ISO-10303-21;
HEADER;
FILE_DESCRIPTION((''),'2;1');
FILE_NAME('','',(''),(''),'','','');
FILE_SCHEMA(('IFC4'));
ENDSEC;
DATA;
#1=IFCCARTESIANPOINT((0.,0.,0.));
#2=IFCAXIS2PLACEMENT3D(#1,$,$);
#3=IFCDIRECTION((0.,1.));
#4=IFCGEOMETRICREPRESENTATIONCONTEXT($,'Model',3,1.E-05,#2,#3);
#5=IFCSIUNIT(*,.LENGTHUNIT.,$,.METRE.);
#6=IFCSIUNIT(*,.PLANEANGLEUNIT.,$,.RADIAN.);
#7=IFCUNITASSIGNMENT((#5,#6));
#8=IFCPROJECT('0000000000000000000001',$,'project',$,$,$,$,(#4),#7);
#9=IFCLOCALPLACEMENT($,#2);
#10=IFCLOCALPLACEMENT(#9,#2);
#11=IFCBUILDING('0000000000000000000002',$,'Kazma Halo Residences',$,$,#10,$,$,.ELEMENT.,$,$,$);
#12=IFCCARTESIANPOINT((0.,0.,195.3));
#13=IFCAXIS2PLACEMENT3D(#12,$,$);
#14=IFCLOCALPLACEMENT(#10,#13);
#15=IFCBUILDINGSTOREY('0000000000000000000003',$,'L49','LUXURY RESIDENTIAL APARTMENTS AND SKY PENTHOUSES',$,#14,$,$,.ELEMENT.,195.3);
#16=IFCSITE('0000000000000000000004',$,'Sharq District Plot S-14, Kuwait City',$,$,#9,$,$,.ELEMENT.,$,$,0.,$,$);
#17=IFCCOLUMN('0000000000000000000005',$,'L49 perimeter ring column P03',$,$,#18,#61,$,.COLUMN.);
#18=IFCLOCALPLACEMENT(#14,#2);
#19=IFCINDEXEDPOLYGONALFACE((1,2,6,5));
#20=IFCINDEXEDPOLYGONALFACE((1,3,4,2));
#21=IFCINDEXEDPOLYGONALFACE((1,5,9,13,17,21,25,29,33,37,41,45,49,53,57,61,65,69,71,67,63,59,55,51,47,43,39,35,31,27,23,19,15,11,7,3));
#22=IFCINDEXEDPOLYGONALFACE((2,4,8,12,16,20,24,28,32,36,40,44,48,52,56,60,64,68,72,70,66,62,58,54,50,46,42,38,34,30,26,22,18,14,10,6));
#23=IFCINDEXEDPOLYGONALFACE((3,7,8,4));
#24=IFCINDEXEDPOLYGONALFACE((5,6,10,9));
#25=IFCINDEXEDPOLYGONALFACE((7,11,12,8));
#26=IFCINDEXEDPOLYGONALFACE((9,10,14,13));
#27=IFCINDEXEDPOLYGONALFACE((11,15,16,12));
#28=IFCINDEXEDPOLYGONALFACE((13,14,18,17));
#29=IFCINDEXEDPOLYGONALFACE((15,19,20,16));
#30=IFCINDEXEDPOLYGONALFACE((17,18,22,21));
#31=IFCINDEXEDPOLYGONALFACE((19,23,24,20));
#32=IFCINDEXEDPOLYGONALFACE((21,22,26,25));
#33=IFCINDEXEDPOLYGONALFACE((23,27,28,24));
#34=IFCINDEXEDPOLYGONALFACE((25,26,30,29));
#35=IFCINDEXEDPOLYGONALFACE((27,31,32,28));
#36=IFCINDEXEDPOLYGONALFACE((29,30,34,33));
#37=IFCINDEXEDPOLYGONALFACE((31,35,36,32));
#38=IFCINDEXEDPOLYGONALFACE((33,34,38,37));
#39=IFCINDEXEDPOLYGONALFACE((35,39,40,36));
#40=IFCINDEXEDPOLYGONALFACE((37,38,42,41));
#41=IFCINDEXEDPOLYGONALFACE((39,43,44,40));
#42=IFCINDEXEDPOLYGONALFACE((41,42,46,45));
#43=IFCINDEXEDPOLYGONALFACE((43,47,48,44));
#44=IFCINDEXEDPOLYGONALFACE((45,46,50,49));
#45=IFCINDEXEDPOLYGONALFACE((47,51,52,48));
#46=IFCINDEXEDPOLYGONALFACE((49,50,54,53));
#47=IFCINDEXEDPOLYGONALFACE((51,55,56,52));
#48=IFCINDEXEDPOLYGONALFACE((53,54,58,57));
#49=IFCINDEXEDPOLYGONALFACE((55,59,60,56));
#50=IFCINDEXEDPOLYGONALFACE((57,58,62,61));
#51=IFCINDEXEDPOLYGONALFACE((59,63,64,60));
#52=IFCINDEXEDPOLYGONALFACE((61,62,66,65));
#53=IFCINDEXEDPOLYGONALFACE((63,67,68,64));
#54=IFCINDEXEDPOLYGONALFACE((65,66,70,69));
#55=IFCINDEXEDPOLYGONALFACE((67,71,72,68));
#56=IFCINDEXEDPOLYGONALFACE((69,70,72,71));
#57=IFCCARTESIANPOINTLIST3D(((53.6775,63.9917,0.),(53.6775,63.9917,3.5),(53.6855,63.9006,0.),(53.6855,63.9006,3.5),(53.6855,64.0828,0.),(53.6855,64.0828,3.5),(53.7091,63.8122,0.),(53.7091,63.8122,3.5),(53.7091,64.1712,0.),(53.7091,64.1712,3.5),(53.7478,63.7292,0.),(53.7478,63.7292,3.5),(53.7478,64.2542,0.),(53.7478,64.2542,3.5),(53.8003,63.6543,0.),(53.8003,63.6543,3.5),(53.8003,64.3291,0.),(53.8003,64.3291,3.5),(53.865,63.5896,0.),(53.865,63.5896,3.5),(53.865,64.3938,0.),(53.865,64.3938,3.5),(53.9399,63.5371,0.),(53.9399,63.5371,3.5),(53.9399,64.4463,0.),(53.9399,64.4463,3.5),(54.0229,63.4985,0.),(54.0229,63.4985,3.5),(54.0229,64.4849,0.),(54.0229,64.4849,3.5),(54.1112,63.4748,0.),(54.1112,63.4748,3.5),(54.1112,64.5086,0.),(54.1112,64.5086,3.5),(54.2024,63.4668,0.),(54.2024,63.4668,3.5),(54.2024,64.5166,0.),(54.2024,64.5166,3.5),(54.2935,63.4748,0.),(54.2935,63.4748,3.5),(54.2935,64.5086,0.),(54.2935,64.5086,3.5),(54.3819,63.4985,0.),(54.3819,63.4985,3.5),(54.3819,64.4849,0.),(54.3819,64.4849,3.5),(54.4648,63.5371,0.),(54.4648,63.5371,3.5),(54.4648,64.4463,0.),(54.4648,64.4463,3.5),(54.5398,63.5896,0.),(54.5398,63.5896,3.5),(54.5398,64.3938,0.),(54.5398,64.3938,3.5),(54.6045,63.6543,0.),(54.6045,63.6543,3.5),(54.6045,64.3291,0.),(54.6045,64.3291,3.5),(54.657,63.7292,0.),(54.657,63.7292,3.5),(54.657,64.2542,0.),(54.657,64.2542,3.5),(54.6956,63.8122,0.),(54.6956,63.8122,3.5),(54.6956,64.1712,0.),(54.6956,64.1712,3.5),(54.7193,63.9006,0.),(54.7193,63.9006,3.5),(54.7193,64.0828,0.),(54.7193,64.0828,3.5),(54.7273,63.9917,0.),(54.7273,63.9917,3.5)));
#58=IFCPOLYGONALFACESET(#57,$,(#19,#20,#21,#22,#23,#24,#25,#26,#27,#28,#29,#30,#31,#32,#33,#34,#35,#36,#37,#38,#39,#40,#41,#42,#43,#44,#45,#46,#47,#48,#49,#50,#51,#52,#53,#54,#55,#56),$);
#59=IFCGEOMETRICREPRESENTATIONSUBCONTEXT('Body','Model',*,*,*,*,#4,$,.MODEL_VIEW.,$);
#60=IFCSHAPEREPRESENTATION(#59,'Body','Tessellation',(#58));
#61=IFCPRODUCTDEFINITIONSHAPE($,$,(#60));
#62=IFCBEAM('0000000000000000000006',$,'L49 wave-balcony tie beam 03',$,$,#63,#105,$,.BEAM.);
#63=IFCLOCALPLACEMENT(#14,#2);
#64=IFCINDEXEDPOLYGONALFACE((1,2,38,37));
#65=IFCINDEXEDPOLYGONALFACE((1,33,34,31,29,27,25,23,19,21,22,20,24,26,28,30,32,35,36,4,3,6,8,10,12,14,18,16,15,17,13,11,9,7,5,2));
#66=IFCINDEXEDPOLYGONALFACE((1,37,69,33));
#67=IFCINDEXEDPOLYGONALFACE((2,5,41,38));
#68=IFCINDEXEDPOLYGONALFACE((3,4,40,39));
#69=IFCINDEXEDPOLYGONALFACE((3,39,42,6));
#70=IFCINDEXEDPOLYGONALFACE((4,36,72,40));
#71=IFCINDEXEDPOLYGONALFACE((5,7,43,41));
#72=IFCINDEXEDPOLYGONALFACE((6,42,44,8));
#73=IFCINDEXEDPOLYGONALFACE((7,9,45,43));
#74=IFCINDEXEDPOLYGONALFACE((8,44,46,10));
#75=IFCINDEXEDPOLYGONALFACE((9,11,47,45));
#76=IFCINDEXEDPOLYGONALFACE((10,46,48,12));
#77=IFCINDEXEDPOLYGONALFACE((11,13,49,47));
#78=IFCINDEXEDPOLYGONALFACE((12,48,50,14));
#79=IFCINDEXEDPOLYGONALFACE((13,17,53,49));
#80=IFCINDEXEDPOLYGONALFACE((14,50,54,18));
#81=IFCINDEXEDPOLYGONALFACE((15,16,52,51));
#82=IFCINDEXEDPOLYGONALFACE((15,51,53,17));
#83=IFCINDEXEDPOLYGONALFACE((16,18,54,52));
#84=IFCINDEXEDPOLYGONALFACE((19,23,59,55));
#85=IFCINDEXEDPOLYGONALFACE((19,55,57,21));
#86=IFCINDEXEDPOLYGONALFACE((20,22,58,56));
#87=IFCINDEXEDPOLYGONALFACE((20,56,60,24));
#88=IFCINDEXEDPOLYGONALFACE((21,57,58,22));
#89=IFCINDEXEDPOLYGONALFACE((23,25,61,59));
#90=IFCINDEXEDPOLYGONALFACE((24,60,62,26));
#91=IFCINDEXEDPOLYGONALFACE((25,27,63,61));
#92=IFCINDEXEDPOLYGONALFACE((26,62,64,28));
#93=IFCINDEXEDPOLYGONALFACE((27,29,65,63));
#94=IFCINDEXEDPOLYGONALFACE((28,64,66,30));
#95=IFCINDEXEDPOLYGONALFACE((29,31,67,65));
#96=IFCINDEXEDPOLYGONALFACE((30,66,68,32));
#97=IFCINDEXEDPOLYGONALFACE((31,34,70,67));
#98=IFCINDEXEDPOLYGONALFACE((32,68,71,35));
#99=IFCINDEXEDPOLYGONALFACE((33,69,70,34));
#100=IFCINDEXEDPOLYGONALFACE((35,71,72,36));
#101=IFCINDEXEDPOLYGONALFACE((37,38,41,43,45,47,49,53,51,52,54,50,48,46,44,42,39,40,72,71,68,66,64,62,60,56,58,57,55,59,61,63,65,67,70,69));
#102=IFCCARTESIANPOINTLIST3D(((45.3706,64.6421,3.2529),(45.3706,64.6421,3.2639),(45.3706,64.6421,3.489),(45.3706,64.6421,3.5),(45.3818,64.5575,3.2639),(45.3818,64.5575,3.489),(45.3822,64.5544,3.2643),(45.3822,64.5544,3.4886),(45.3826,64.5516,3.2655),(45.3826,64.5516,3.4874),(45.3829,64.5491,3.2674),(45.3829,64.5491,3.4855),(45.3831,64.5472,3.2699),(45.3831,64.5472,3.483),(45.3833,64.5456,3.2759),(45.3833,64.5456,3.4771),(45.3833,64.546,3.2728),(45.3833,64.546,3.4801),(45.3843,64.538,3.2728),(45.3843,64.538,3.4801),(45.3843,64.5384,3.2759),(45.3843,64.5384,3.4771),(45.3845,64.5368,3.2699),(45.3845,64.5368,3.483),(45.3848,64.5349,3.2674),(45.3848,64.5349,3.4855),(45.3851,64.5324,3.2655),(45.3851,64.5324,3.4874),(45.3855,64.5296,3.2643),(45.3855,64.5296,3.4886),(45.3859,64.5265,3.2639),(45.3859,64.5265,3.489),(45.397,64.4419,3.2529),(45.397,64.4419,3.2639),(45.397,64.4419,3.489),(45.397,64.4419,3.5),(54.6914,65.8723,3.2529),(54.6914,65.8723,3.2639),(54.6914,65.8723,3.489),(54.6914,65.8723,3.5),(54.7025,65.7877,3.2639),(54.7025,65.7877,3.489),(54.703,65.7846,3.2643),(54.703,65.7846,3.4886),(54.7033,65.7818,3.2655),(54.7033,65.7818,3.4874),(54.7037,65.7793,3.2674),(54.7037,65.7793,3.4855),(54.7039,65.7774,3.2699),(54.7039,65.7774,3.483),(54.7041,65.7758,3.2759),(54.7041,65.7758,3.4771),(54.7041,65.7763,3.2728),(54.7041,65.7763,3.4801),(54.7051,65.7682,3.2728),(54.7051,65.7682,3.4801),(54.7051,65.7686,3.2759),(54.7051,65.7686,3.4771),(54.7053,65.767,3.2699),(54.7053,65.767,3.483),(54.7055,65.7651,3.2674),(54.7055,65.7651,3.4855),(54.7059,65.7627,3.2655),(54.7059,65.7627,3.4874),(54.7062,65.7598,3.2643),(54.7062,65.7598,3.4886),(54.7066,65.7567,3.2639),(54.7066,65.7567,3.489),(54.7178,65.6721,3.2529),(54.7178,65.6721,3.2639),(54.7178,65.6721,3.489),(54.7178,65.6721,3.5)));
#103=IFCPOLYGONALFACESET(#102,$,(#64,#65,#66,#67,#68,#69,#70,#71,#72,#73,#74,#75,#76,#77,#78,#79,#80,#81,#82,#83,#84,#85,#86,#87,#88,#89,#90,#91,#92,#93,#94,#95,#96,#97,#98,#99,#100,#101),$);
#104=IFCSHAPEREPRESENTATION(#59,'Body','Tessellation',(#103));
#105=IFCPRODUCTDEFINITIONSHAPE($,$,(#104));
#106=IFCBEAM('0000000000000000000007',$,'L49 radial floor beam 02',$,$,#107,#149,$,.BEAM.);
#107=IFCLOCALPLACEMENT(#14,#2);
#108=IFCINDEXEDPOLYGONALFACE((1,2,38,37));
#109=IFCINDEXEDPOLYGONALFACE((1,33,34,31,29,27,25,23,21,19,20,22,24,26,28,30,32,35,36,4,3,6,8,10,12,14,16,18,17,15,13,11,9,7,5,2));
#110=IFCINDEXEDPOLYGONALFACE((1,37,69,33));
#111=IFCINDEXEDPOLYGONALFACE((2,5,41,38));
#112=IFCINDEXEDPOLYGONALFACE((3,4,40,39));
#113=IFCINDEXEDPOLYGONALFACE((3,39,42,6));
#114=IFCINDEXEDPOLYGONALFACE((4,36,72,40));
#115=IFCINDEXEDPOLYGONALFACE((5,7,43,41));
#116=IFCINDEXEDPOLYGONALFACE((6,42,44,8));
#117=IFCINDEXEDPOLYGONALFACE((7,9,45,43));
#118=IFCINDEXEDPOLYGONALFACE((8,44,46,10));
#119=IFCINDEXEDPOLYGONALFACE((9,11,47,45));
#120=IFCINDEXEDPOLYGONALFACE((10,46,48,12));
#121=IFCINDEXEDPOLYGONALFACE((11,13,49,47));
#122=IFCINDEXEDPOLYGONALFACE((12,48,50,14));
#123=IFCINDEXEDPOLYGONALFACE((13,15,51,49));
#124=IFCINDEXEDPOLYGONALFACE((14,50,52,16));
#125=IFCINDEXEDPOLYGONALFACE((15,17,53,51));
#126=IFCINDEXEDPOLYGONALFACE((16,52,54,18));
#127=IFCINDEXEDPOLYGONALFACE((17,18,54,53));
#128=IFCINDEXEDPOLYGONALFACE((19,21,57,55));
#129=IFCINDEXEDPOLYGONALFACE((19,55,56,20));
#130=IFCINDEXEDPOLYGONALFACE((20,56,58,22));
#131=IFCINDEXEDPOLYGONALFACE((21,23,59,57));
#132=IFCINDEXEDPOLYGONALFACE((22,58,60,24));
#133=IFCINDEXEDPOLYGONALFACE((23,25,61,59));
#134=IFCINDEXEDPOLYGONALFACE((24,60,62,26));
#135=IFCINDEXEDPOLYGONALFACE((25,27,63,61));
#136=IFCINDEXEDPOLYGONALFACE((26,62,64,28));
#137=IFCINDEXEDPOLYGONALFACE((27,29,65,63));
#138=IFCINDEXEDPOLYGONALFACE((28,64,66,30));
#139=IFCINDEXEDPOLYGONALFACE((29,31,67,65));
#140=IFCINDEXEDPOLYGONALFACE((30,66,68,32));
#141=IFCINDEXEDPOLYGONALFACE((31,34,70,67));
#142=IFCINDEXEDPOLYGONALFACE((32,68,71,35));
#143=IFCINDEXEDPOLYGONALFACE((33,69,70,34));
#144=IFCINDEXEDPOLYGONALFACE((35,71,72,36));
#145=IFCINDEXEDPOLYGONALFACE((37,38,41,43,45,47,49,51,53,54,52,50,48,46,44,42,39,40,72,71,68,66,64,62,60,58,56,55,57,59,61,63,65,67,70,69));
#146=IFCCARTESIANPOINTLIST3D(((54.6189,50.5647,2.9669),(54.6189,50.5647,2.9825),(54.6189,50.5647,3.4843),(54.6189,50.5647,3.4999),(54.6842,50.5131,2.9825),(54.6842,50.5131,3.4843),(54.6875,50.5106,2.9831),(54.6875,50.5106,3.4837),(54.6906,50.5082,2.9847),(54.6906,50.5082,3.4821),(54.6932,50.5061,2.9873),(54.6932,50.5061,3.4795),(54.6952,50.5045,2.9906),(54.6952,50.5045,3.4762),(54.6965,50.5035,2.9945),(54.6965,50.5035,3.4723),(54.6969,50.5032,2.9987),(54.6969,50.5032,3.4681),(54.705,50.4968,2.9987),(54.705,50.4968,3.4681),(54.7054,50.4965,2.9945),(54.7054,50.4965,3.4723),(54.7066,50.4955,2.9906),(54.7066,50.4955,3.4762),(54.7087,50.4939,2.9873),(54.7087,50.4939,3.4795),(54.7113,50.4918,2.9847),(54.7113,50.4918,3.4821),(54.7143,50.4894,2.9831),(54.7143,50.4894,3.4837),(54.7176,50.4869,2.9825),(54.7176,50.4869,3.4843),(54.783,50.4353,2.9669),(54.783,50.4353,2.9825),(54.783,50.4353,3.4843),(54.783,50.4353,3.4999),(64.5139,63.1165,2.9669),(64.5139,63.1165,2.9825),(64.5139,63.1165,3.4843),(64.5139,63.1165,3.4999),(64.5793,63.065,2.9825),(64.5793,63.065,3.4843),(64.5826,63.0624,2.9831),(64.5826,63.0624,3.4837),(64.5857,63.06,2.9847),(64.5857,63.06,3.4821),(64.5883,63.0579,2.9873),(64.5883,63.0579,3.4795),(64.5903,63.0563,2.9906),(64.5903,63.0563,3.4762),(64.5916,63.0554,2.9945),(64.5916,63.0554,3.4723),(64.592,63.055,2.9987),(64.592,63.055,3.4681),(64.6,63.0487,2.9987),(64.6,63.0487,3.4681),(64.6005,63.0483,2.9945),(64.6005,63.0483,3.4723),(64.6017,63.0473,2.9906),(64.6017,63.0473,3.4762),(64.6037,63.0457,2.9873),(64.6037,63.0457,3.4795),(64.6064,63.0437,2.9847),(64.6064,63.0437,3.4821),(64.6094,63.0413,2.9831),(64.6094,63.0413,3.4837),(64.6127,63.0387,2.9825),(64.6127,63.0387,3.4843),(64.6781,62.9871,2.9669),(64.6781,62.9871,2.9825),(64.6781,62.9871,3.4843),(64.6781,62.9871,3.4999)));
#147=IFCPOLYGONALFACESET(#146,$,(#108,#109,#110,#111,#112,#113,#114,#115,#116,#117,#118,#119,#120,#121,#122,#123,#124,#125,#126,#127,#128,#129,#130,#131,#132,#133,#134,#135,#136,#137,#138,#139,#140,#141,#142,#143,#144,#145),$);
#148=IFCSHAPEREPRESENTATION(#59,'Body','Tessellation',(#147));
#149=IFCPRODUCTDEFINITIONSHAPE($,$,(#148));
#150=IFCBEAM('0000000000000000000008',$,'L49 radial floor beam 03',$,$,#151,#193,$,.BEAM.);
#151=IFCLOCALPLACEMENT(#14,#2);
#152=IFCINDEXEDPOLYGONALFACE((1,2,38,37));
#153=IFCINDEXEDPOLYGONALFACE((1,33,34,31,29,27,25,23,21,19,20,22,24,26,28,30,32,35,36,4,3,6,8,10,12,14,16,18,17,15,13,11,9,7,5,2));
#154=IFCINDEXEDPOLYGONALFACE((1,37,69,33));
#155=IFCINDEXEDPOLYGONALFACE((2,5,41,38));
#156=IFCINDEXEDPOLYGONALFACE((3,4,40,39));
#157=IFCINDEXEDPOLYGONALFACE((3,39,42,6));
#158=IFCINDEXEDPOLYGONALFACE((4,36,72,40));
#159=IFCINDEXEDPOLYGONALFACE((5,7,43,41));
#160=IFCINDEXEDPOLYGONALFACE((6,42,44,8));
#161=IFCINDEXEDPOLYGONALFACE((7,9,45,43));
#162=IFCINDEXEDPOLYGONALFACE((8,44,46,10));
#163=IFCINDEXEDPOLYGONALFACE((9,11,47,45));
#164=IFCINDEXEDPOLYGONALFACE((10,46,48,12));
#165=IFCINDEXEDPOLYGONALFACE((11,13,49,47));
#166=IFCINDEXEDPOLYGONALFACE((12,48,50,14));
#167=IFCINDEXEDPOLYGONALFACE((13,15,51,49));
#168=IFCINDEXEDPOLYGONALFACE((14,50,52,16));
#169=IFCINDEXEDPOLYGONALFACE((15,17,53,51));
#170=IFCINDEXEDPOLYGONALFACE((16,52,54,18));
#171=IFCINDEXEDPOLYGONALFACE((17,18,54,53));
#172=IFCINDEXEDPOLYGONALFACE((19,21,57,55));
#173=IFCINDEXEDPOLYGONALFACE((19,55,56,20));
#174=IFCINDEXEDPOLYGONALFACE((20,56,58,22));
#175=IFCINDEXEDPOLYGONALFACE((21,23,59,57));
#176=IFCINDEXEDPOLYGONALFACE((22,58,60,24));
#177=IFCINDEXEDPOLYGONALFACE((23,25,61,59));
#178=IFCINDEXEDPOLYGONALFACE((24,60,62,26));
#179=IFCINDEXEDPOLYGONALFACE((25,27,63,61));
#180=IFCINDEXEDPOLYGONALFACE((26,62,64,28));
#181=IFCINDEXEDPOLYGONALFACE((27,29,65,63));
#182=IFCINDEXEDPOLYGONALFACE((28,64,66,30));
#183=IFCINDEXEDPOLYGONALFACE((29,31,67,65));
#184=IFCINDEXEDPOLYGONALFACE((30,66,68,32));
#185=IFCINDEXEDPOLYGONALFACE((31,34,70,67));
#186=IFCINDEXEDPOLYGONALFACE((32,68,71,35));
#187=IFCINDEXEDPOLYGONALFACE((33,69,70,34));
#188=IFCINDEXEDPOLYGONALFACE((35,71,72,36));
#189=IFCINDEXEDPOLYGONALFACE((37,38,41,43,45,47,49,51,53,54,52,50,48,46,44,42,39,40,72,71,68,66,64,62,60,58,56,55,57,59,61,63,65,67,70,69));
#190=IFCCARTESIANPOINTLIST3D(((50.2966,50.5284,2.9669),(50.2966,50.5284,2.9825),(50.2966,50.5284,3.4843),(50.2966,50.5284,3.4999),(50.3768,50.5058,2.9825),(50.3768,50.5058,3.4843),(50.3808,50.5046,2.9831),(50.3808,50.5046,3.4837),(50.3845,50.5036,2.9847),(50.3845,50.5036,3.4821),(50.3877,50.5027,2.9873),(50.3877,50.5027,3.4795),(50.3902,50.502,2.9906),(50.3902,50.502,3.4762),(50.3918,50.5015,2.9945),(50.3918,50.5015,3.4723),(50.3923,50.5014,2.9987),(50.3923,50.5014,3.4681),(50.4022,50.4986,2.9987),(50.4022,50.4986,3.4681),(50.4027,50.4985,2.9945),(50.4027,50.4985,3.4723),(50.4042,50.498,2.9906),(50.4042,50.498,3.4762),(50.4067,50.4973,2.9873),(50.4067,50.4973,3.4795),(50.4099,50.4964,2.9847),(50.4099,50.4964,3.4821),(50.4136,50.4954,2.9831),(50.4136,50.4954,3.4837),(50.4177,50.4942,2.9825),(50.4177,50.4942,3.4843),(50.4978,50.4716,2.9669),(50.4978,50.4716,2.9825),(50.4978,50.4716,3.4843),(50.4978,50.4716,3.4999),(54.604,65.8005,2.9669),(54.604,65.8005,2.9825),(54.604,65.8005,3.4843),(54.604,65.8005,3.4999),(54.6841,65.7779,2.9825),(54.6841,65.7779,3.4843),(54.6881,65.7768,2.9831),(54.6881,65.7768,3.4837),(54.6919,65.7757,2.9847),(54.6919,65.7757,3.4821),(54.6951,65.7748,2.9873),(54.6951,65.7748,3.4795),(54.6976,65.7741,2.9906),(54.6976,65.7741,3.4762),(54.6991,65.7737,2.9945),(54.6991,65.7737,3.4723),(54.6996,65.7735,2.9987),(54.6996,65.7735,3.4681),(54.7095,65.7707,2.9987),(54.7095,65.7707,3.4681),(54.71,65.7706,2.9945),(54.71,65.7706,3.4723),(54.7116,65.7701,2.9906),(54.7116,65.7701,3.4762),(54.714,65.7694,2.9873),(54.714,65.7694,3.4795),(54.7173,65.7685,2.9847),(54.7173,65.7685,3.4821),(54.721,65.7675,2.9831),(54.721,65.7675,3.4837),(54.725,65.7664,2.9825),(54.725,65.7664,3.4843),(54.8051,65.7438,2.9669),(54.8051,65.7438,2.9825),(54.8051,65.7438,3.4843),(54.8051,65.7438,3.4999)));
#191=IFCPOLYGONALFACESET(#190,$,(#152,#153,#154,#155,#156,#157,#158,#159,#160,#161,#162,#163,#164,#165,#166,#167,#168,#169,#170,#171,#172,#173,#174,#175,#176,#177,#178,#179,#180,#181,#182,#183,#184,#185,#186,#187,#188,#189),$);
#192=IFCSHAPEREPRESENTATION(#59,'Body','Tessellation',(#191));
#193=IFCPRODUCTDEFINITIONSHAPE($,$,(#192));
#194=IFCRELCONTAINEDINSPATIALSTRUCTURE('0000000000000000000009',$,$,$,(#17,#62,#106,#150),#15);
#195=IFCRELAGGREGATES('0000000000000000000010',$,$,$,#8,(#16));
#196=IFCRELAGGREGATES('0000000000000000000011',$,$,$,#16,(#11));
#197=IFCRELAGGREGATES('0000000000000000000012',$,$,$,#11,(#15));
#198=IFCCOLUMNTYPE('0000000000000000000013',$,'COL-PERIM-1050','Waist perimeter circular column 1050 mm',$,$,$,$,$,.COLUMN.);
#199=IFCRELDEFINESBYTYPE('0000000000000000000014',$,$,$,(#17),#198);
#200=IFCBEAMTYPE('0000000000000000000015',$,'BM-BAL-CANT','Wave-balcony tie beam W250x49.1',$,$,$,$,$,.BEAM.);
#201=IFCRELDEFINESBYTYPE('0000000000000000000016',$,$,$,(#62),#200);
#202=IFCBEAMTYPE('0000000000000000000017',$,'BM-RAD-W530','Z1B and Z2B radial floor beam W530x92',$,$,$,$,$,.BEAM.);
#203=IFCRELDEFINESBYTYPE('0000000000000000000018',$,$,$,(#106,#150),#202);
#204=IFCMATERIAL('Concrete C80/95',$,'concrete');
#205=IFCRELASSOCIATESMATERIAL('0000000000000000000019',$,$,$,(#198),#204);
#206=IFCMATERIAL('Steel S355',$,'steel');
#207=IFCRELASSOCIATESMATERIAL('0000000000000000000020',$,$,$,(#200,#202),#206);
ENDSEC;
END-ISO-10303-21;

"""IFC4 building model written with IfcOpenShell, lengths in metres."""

from ifc_helpers import new_model, si_unit, direction, frame, origin, origin_2d, place, context, subcontext, project, spatial, circle, i_section, extrude, material, material_profile, profile_set, type_object, element, save


model = new_model("IFC4")

# Units and contexts
model_context = context("Model", 3, precision=1e-05, world=origin(), true_north=direction((0.0, 1.0)))
body_context = subcontext(model_context, "Body", "Model", "MODEL_VIEW")
ifc_project = project(units=[si_unit("LENGTHUNIT", "METRE"), si_unit("PLANEANGLEUNIT", "RADIAN")], contexts=[model_context])

# Site, building, storey
site_placement = place(None, origin())
site = spatial("IfcSite", under=ifc_project, at=site_placement, Name="Sharq District Plot S-14, Kuwait City", CompositionType="ELEMENT", RefElevation=0.0)
building_placement = place(site_placement, origin())
building = spatial("IfcBuilding", under=site, at=building_placement, Name="Kazma Halo Residences", CompositionType="ELEMENT")
storey_placement = place(building_placement, frame((0.0, 0.0, 195.3)))
storey = spatial("IfcBuildingStorey", under=building, at=storey_placement, Name="L49", Description="LUXURY RESIDENTIAL APARTMENTS AND SKY PENTHOUSES", CompositionType="ELEMENT", Elevation=195.3)

# Column
ifc_material_1 = material(Name="Concrete C80/95", Category="concrete")
ifc_material_profile_1 = material_profile(ifc_material_1, circle(Radius=0.5249, at=origin_2d()), Name="CIRC1050")
ifc_profile_set_1 = profile_set([ifc_material_profile_1], Name="Concrete C80/95")
column_type = type_object("IfcColumnType", Name="COL-PERIM-1050", Description="Waist perimeter circular column 1050 mm", PredefinedType="COLUMN", material=ifc_profile_set_1)
column_placement = place(storey_placement, frame((54.2024, 63.9917, 0.0), z_axis=(0.0, 0.0, 1.0), x_axis=(1.0, 0.0, 0.0)))
element("IfcColumn", 1, at=column_placement, inside=storey, type_object=column_type, Name="L49 perimeter ring column P03", PredefinedType="COLUMN", context=body_context, shape_type="SweptSolid", body=[
    extrude(circle(Radius=0.5249, at=origin_2d()), origin(), (0.0, 0.0, 1.0), 3.5),
])

# Beams
ifc_material_2 = material(Name="Steel S355", Category="steel")
ifc_material_profile_2 = material_profile(ifc_material_2, i_section(OverallWidth=0.2019, OverallDepth=0.2471, WebThickness=0.0073, FlangeThickness=0.011, FilletRadius=0.012, at=origin_2d()), Name="W250x49.1")
ifc_profile_set_2 = profile_set([ifc_material_profile_2], Name="Steel S355")
beam_type_1 = type_object("IfcBeamType", Name="BM-BAL-CANT", Description="Wave-balcony tie beam W250x49.1", PredefinedType="BEAM", material=ifc_profile_set_2)
beam_1_placement = place(storey_placement, frame((54.7046, 65.7722, 3.3765), z_axis=(-0.991402, -0.130852, 0.0), x_axis=(0.130852, -0.991402, 0.0)))
element("IfcBeam", 2, at=beam_1_placement, inside=storey, type_object=beam_type_1, Name="L49 wave-balcony tie beam 03", PredefinedType="BEAM", context=body_context, shape_type="SweptSolid", body=[
    extrude(i_section(OverallWidth=0.2019, OverallDepth=0.2471, WebThickness=0.0073, FlangeThickness=0.011, FilletRadius=0.012, at=origin_2d()), origin(), (0.0, 0.0, 1.0), 9.4016),
])
ifc_material_profile_3 = material_profile(ifc_material_2, i_section(OverallWidth=0.209, OverallDepth=0.533, WebThickness=0.0103, FlangeThickness=0.0156, FilletRadius=0.0161, at=origin_2d()), Name="W530x92")
ifc_profile_set_3 = profile_set([ifc_material_profile_3], Name="Steel S355")
beam_type_2 = type_object("IfcBeamType", Name="BM-RAD-W530", Description="Z1B and Z2B radial floor beam W530x92", PredefinedType="BEAM", material=ifc_profile_set_3)
beam_2_placement = place(storey_placement, frame((54.7009, 50.5, 3.2334), z_axis=(0.619094, 0.785317, 0.0), x_axis=(-0.785317, 0.619094, 0.0)))
element("IfcBeam", 3, at=beam_2_placement, inside=storey, type_object=beam_type_2, Name="L49 radial floor beam 02", PredefinedType="BEAM", context=body_context, shape_type="SweptSolid", body=[
    extrude(i_section(OverallWidth=0.209, OverallDepth=0.533, WebThickness=0.0103, FlangeThickness=0.0156, FilletRadius=0.0161, at=origin_2d()), origin(), (0.0, 0.0, 1.0), 15.9832),
])
beam_3_placement = place(storey_placement, frame((50.3972, 50.5, 3.2334), z_axis=(0.27145, 0.962453, 0.0), x_axis=(-0.962453, 0.27145, 0.0)))
element("IfcBeam", 4, at=beam_3_placement, inside=storey, type_object=beam_type_2, Name="L49 radial floor beam 03", PredefinedType="BEAM", context=body_context, shape_type="SweptSolid", body=[
    extrude(i_section(OverallWidth=0.209, OverallDepth=0.533, WebThickness=0.0103, FlangeThickness=0.0156, FilletRadius=0.0161, at=origin_2d()), origin(), (0.0, 0.0, 1.0), 15.8679),
])

save(model, "model.ifc")
